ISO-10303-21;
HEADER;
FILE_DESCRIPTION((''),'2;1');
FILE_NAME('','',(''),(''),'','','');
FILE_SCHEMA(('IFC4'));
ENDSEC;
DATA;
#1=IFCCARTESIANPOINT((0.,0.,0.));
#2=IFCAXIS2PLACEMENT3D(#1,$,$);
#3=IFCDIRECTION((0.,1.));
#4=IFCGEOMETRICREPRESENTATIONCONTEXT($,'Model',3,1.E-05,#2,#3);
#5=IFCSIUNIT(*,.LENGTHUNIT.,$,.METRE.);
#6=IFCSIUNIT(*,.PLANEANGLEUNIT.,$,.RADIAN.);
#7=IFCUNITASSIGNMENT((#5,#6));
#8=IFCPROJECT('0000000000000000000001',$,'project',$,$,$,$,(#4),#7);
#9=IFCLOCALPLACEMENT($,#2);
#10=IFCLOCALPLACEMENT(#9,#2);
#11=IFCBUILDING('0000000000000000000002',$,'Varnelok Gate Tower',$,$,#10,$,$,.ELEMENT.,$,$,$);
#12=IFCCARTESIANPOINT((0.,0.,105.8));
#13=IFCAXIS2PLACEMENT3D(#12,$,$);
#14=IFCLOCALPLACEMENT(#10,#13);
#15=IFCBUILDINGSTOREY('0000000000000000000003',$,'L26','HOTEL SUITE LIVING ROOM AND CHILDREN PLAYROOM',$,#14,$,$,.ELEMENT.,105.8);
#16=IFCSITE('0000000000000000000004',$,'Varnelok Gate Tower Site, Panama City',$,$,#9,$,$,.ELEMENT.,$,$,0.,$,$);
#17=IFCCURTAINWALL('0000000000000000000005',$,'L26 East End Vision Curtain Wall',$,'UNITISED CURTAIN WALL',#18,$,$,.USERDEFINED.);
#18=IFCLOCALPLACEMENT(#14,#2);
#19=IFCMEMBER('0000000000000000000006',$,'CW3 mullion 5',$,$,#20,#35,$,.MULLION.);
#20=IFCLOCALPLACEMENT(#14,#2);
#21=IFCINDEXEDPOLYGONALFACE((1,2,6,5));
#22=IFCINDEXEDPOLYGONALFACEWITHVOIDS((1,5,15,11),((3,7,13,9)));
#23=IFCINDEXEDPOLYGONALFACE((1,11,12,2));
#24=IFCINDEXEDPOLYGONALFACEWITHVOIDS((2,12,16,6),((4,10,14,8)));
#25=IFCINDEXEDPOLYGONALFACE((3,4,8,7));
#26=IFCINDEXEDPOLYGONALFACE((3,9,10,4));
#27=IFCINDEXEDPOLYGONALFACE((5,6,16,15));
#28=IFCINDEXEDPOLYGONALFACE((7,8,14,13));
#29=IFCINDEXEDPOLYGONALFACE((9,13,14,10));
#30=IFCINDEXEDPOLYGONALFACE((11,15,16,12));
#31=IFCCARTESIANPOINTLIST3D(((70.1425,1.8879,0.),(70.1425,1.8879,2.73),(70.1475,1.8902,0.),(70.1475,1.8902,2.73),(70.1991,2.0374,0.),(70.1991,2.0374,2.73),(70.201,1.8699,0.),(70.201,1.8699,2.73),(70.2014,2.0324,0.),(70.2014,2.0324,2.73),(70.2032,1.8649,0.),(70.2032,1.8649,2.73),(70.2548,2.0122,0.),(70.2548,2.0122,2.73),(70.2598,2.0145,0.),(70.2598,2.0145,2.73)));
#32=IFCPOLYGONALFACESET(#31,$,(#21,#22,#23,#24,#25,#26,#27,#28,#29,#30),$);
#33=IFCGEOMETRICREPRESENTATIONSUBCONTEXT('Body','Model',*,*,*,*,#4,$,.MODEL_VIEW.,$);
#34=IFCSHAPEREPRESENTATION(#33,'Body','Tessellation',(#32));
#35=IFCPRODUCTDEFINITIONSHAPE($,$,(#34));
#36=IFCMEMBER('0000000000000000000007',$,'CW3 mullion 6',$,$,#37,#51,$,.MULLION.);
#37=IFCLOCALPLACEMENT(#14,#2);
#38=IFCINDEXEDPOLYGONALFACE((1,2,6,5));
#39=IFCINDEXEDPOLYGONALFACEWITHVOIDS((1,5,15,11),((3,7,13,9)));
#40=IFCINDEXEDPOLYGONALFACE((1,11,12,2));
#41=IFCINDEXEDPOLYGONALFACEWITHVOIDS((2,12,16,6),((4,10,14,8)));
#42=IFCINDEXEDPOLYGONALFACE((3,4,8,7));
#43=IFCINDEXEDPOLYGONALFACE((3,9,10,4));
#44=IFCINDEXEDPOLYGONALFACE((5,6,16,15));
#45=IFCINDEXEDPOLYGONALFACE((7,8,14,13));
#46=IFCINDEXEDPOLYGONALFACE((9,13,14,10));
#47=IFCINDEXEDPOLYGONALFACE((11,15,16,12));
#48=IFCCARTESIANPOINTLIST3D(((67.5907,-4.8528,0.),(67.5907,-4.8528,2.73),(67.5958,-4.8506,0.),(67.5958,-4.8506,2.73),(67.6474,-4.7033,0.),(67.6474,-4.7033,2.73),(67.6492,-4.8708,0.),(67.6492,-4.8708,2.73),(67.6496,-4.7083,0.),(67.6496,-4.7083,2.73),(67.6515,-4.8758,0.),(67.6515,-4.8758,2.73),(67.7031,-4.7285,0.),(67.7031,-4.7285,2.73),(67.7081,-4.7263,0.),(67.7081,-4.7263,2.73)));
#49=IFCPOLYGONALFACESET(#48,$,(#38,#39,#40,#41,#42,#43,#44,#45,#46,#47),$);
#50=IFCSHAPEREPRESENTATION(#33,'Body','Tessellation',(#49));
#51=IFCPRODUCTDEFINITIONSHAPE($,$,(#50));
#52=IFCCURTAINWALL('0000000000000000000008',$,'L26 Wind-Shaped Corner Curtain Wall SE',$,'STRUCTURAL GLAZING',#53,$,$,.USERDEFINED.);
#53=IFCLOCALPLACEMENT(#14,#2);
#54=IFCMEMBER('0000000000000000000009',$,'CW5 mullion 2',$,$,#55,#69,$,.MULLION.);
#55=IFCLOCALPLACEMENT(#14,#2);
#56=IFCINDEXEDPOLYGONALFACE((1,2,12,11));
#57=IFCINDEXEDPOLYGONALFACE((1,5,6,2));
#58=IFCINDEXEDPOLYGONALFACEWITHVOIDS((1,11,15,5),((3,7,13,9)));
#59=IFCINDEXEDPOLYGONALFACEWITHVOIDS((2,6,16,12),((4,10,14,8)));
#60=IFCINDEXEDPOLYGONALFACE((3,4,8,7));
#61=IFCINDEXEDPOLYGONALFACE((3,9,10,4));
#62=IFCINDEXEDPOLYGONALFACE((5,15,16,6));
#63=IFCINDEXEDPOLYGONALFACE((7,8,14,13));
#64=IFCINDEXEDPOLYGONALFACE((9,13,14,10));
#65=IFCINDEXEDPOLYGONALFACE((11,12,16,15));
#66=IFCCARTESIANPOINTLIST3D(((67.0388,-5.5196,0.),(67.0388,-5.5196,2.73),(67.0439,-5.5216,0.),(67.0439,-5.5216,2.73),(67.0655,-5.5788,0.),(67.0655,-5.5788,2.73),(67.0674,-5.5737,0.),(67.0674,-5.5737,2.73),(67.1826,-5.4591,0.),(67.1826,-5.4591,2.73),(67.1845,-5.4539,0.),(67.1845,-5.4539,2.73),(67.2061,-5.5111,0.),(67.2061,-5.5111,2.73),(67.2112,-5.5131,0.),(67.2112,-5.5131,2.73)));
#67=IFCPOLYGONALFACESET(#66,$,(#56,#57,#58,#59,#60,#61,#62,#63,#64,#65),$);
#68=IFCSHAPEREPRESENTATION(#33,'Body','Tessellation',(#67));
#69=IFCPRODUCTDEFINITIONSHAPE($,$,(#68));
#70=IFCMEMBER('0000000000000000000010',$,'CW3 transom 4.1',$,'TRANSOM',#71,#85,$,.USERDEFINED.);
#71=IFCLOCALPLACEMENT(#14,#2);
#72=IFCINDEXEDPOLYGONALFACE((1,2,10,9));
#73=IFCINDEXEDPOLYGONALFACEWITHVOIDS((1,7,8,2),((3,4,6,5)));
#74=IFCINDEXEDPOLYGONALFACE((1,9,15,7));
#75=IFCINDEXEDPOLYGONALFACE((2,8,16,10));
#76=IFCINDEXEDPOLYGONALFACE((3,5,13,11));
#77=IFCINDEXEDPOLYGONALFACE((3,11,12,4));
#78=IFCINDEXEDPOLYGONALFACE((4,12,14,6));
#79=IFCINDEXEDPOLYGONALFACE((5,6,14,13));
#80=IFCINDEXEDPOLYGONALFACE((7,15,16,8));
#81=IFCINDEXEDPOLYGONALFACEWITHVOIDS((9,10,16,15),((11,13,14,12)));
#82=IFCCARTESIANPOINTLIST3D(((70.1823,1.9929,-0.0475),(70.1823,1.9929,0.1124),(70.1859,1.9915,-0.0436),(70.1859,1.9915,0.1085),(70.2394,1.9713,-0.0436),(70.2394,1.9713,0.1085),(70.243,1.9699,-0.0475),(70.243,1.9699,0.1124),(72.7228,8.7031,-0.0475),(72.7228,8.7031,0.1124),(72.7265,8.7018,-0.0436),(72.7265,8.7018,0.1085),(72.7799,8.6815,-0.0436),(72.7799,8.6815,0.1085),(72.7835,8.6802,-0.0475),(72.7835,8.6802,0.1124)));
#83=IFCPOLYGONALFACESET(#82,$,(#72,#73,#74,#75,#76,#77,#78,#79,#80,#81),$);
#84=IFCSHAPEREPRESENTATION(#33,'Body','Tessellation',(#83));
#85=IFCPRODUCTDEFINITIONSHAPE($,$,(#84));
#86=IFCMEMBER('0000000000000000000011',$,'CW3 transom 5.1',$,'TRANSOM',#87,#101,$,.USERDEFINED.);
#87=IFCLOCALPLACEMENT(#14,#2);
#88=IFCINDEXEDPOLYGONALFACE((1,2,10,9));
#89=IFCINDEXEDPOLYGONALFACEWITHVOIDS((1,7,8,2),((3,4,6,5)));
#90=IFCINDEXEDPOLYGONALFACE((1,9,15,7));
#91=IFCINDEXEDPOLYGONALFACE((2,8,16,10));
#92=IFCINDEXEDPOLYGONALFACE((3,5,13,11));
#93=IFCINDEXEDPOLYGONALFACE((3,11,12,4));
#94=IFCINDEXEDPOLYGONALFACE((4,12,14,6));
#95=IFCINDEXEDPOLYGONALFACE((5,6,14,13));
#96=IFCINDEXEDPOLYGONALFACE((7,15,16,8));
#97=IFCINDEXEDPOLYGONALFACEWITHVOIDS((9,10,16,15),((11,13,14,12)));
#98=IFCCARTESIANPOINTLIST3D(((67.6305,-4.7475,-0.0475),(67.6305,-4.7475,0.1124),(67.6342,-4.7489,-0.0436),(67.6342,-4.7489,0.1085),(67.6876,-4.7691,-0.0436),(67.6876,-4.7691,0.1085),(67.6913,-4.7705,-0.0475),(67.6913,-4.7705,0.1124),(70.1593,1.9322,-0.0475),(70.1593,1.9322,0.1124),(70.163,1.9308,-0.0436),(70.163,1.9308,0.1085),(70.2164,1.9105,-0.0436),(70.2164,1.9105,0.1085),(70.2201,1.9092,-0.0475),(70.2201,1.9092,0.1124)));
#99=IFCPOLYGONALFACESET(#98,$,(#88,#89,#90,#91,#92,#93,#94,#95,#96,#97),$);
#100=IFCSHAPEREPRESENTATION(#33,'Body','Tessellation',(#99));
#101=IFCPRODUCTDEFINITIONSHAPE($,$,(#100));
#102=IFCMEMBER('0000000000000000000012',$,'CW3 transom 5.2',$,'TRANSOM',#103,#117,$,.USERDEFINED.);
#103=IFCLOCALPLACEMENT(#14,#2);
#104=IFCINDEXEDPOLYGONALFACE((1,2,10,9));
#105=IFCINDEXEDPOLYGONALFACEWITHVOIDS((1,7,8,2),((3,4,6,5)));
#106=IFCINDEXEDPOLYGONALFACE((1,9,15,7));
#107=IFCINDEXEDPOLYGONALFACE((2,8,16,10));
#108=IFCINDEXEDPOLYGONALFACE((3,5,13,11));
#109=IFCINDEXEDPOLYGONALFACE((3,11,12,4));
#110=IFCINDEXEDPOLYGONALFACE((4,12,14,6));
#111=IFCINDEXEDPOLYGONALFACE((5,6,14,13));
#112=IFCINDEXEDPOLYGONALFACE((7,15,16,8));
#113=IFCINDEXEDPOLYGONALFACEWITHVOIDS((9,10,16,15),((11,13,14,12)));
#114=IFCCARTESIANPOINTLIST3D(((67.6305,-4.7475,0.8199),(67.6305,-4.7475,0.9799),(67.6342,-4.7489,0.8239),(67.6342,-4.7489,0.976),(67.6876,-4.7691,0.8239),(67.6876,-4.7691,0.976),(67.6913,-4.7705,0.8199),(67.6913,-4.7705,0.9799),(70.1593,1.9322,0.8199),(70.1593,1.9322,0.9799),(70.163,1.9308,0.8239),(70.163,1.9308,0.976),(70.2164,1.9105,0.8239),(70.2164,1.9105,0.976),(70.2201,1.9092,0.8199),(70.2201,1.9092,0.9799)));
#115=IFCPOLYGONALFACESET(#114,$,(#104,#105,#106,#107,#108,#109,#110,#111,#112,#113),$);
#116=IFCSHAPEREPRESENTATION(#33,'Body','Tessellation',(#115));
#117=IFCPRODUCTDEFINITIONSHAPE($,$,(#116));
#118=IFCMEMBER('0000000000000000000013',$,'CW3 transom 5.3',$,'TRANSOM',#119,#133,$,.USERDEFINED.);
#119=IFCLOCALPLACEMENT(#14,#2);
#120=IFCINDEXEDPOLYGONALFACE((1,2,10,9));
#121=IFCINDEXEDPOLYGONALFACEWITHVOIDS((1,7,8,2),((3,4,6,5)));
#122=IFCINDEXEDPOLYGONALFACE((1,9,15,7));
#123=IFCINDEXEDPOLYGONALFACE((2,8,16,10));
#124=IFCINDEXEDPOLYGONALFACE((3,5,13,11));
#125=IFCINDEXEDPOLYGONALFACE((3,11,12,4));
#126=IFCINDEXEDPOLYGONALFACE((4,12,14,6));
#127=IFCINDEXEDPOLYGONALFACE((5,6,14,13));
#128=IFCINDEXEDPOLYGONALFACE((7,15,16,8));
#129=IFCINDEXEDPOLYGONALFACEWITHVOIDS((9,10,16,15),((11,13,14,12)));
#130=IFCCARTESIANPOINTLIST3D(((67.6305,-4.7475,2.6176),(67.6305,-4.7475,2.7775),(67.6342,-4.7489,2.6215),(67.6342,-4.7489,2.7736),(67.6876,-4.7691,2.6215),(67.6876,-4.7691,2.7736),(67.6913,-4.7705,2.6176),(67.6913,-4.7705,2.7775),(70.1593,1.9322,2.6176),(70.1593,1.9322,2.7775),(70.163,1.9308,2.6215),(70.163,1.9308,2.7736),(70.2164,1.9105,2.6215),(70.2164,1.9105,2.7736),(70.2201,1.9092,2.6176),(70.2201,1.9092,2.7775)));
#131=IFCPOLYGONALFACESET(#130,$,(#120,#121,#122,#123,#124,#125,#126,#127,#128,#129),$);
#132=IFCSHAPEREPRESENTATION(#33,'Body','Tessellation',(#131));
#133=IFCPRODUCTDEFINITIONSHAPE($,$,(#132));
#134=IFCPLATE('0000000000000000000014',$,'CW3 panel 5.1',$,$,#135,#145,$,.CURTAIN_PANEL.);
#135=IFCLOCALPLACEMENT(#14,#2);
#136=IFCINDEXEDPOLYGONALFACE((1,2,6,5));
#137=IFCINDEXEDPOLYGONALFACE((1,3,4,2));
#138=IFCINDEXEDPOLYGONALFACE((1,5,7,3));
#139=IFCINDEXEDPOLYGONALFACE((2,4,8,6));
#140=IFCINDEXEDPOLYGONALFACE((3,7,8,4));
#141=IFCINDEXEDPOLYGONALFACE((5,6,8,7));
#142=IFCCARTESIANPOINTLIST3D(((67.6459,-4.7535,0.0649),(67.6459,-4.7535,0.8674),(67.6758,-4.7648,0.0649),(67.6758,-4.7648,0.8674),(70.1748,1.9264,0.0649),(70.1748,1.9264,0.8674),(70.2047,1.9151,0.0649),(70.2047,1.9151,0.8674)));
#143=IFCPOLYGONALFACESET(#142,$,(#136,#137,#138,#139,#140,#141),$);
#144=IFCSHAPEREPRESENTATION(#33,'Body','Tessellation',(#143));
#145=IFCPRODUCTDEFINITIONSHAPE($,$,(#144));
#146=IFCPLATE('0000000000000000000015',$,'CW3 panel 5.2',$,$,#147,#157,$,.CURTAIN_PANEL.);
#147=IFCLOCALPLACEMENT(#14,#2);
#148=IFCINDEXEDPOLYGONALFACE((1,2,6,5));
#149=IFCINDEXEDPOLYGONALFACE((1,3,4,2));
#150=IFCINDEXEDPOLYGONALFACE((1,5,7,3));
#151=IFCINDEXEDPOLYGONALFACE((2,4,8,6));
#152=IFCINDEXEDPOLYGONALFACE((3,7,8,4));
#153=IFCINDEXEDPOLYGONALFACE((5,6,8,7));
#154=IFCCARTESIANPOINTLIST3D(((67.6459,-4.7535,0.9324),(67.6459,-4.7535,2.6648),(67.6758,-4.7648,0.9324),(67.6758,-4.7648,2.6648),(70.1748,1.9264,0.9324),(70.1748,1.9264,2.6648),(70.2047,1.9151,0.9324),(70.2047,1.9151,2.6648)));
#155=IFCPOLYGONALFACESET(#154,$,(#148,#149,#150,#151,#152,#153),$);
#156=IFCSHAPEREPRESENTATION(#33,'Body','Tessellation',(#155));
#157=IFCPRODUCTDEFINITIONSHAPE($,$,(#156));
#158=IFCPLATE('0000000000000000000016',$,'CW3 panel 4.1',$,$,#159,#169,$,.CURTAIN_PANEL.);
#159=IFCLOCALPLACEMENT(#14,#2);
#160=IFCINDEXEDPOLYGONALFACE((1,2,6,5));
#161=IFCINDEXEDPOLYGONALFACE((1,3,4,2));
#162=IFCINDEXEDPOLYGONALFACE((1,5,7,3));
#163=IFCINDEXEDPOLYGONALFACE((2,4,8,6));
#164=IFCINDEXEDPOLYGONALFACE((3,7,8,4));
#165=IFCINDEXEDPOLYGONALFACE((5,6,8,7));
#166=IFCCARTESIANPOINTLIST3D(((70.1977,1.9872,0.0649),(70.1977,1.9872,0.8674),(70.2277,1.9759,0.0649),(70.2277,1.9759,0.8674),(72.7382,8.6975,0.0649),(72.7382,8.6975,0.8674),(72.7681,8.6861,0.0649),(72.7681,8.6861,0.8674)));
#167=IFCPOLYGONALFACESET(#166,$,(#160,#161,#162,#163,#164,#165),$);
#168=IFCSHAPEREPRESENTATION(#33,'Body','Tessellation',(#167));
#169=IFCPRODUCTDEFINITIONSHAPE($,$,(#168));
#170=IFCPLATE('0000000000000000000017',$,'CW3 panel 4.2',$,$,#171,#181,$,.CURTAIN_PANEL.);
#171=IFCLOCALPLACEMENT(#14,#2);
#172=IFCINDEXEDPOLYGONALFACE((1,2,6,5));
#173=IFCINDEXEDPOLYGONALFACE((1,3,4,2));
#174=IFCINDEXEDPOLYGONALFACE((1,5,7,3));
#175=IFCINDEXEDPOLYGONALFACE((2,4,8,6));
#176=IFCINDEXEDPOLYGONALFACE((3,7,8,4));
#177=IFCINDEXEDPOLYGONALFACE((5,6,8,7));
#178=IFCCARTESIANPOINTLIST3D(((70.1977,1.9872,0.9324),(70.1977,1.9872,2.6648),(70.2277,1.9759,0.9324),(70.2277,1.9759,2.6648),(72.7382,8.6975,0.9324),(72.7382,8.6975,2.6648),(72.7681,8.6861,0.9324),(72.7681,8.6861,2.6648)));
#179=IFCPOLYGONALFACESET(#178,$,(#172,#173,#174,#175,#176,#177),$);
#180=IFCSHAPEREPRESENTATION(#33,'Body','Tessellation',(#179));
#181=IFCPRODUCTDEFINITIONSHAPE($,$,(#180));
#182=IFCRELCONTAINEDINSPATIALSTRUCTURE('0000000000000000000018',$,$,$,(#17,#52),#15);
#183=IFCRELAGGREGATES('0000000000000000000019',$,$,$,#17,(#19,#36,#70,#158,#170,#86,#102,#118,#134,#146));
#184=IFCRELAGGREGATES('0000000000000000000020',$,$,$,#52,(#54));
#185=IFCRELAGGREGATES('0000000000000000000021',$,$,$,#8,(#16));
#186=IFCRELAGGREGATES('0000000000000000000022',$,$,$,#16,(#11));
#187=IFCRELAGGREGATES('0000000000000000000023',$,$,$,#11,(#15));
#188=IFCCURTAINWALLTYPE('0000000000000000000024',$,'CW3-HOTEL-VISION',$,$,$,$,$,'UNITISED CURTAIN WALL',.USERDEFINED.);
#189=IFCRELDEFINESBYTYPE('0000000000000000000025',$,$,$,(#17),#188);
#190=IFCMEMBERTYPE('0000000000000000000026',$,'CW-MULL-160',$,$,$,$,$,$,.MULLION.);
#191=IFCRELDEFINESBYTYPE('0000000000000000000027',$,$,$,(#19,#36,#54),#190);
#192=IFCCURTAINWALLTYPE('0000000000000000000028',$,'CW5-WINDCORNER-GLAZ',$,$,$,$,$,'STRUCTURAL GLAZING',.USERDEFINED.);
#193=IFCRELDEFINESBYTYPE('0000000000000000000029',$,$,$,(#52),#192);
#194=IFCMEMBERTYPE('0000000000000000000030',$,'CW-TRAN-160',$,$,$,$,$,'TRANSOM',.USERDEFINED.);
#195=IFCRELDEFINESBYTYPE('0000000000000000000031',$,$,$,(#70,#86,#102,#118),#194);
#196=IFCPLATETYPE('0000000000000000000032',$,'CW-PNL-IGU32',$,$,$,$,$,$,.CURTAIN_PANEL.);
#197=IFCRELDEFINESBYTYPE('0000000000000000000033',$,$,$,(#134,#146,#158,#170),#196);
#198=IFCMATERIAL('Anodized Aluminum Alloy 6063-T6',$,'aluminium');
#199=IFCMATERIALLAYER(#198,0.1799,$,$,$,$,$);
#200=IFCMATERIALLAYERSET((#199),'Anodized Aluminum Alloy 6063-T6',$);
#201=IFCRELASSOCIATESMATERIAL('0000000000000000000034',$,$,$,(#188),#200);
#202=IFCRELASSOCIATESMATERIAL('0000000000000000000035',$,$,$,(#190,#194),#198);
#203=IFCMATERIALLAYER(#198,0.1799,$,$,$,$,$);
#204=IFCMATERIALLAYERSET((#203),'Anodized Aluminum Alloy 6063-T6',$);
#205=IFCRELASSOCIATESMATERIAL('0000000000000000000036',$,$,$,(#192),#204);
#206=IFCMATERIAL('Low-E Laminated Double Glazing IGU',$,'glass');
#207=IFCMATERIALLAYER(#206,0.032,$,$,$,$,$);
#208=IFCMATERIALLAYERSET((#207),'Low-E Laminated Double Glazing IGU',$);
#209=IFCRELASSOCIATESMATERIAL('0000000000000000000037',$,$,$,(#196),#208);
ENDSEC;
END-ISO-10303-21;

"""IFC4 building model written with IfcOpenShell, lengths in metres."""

from ifc_helpers import new_model, si_unit, direction, frame, origin, origin_2d, place, context, subcontext, project, spatial, rectangle, hollow_rectangle, extrude, source, transform, mapped, material, layer, layer_set, material_profile, profile_set, type_object, element, aggregate, save


model = new_model("IFC4")

# Units and contexts
model_context = context("Model", 3, precision=1e-05, world=origin(), true_north=direction((0.0, 1.0)))
body_context = subcontext(model_context, "Body", "Model", "MODEL_VIEW")
ifc_project = project(units=[si_unit("LENGTHUNIT", "METRE"), si_unit("PLANEANGLEUNIT", "RADIAN")], contexts=[model_context])

# Site, building, storey
site_placement = place(None, origin())
site = spatial("IfcSite", under=ifc_project, at=site_placement, Name="Varnelok Gate Tower Site, Panama City", CompositionType="ELEMENT", RefElevation=0.0)
building_placement = place(site_placement, origin())
building = spatial("IfcBuilding", under=site, at=building_placement, Name="Varnelok Gate Tower", CompositionType="ELEMENT")
storey_placement = place(building_placement, frame((0.0, 0.0, 105.8)))
storey = spatial("IfcBuildingStorey", under=building, at=storey_placement, Name="L26", Description="HOTEL SUITE LIVING ROOM AND CHILDREN PLAYROOM", CompositionType="ELEMENT", Elevation=105.8)

# Curtain wall, members
ifc_material_1 = material(Name="Anodized Aluminum Alloy 6063-T6", Category="aluminium")
ifc_layer_1 = layer(ifc_material_1, 0.1799)
ifc_layer_set_1 = layer_set([ifc_layer_1], Name="Anodized Aluminum Alloy 6063-T6")
curtain_wall_type_1 = type_object("IfcCurtainWallType", Name="CW3-HOTEL-VISION", ElementType="UNITISED CURTAIN WALL", PredefinedType="USERDEFINED", material=ifc_layer_set_1)
curtain_wall_1_placement = place(storey_placement, origin())
curtain_wall_1 = element("IfcCurtainWall", 1, at=curtain_wall_1_placement, inside=storey, type_object=curtain_wall_type_1, Name="L26 East End Vision Curtain Wall", ObjectType="UNITISED CURTAIN WALL", PredefinedType="USERDEFINED")
ifc_material_profile_1 = material_profile(ifc_material_1, hollow_rectangle(XDim=0.0649, YDim=0.1599, WallThickness=0.0039, at=origin_2d()), Name="ALU160X65X4")
ifc_profile_set_1 = profile_set([ifc_material_profile_1], Name="Anodized Aluminum Alloy 6063-T6")
member_type_1 = type_object("IfcMemberType", Name="CW-MULL-160", PredefinedType="MULLION", material=ifc_profile_set_1)
member_1_placement = place(storey_placement, frame((70.2012, 1.9512, 0.0), z_axis=(0.0, 0.0, 1.0), x_axis=(0.935221, -0.354064, 0.0)))
member_1 = element("IfcMember", 2, at=member_1_placement, type_object=member_type_1, Name="CW3 mullion 5", PredefinedType="MULLION", context=body_context, shape_type="SweptSolid", body=[
    extrude(hollow_rectangle(XDim=0.0649, YDim=0.1599, WallThickness=0.0039, at=origin_2d()), origin(), (0.0, 0.0, 1.0), 2.73),
])
member_2_placement = place(storey_placement, frame((67.6494, -4.7896, 0.0), z_axis=(0.0, 0.0, 1.0), x_axis=(0.935221, -0.354064, 0.0)))
member_2 = element("IfcMember", 3, at=member_2_placement, type_object=member_type_1, Name="CW3 mullion 6", PredefinedType="MULLION", context=body_context, shape_type="SweptSolid", body=[
    extrude(hollow_rectangle(XDim=0.0649, YDim=0.1599, WallThickness=0.0039, at=origin_2d()), origin(), (0.0, 0.0, 1.0), 2.73),
])

# Curtain wall, member
ifc_layer_2 = layer(ifc_material_1, 0.1799)
ifc_layer_set_2 = layer_set([ifc_layer_2], Name="Anodized Aluminum Alloy 6063-T6")
curtain_wall_type_2 = type_object("IfcCurtainWallType", Name="CW5-WINDCORNER-GLAZ", ElementType="STRUCTURAL GLAZING", PredefinedType="USERDEFINED", material=ifc_layer_set_2)
curtain_wall_2_placement = place(storey_placement, origin())
curtain_wall_2 = element("IfcCurtainWall", 4, at=curtain_wall_2_placement, inside=storey, type_object=curtain_wall_type_2, Name="L26 Wind-Shaped Corner Curtain Wall SE", ObjectType="STRUCTURAL GLAZING", PredefinedType="USERDEFINED")
member_3_placement = place(storey_placement, frame((67.125, -5.5164, 0.0), z_axis=(0.0, 0.0, 1.0), x_axis=(-0.410944, 0.911661, 0.0)))
member_3 = element("IfcMember", 5, at=member_3_placement, type_object=member_type_1, Name="CW5 mullion 2", PredefinedType="MULLION", context=body_context, shape_type="SweptSolid", body=[
    extrude(hollow_rectangle(XDim=0.0649, YDim=0.1599, WallThickness=0.0039, at=origin_2d()), origin(), (0.0, 0.0, 1.0), 2.73),
])

# Members
ifc_material_profile_2 = material_profile(ifc_material_1, hollow_rectangle(XDim=0.0649, YDim=0.1599, WallThickness=0.0039, at=origin_2d()), Name="ALU160X65X4")
ifc_profile_set_2 = profile_set([ifc_material_profile_2], Name="Anodized Aluminum Alloy 6063-T6")
member_type_2 = type_object("IfcMemberType", Name="CW-TRAN-160", ElementType="TRANSOM", PredefinedType="USERDEFINED", material=ifc_profile_set_2)
member_4_placement = place(storey_placement, frame((72.7532, 8.6917, 0.0325), z_axis=(-0.354079, -0.935216, 0.0), x_axis=(0.935216, -0.354079, 0.0)))
member_4 = element("IfcMember", 6, at=member_4_placement, type_object=member_type_2, Name="CW3 transom 4.1", ObjectType="TRANSOM", PredefinedType="USERDEFINED", context=body_context, shape_type="SweptSolid", body=[
    extrude(hollow_rectangle(XDim=0.0649, YDim=0.1599, WallThickness=0.0039, at=origin_2d()), origin(), (0.0, 0.0, 1.0), 7.175),
])
member_5_placement = place(storey_placement, frame((70.1897, 1.9207, 0.0325), z_axis=(-0.354059, -0.935223, 0.0), x_axis=(0.935223, -0.354059, 0.0)))
member_5 = element("IfcMember", 7, at=member_5_placement, type_object=member_type_2, Name="CW3 transom 5.1", ObjectType="TRANSOM", PredefinedType="USERDEFINED", context=body_context, shape_type="SweptSolid", body=[
    extrude(hollow_rectangle(XDim=0.0649, YDim=0.1599, WallThickness=0.0039, at=origin_2d()), origin(), (0.0, 0.0, 1.0), 7.1423),
])
member_6_placement = place(storey_placement, frame((70.1897, 1.9207, 0.8999), z_axis=(-0.354059, -0.935223, 0.0), x_axis=(0.935223, -0.354059, 0.0)))
member_6 = element("IfcMember", 8, at=member_6_placement, type_object=member_type_2, Name="CW3 transom 5.2", ObjectType="TRANSOM", PredefinedType="USERDEFINED", context=body_context, shape_type="SweptSolid", body=[
    extrude(hollow_rectangle(XDim=0.0649, YDim=0.1599, WallThickness=0.0039, at=origin_2d()), origin(), (0.0, 0.0, 1.0), 7.1423),
])
member_7_placement = place(storey_placement, frame((70.1897, 1.9207, 2.6975), z_axis=(-0.354059, -0.935223, 0.0), x_axis=(0.935223, -0.354059, 0.0)))
member_7 = element("IfcMember", 9, at=member_7_placement, type_object=member_type_2, Name="CW3 transom 5.3", ObjectType="TRANSOM", PredefinedType="USERDEFINED", context=body_context, shape_type="SweptSolid", body=[
    extrude(hollow_rectangle(XDim=0.0649, YDim=0.1599, WallThickness=0.0039, at=origin_2d()), origin(), (0.0, 0.0, 1.0), 7.1423),
])

# Plates
ifc_material_2 = material(Name="Low-E Laminated Double Glazing IGU", Category="glass")
ifc_layer_3 = layer(ifc_material_2, 0.032)
ifc_layer_set_3 = layer_set([ifc_layer_3], Name="Low-E Laminated Double Glazing IGU")
plate_type_1 = type_object("IfcPlateType", Name="CW-PNL-IGU32", PredefinedType="CURTAIN_PANEL", material=ifc_layer_set_3)
shared_shape_1 = source(origin(), body_context, "Body", "SweptSolid", [
    extrude(rectangle(XDim=7.1426, YDim=0.032, at=origin_2d()), origin(), (0.0, 0.0, 1.0), 0.8025),
])
plate_1_placement = place(storey_placement, frame((68.9253, -1.4192, 0.0649), z_axis=(0.0, 0.0, 1.0), x_axis=(-0.354064, -0.935221, 0.0)))
plate_1 = element("IfcPlate", 10, at=plate_1_placement, type_object=plate_type_1, Name="CW3 panel 5.1", PredefinedType="CURTAIN_PANEL", context=body_context, shape_type="MappedRepresentation", body=[
    mapped(shared_shape_1, transform((0.0, 0.0, 0.0), scale=1.0)),
])
shared_shape_2 = source(origin(), body_context, "Body", "SweptSolid", [
    extrude(rectangle(XDim=7.1426, YDim=0.032, at=origin_2d()), origin(), (0.0, 0.0, 1.0), 1.7324),
])
plate_2_placement = place(storey_placement, frame((68.9253, -1.4192, 0.9324), z_axis=(0.0, 0.0, 1.0), x_axis=(-0.354064, -0.935221, 0.0)))
plate_2 = element("IfcPlate", 11, at=plate_2_placement, type_object=plate_type_1, Name="CW3 panel 5.2", PredefinedType="CURTAIN_PANEL", context=body_context, shape_type="MappedRepresentation", body=[
    mapped(shared_shape_2, transform((0.0, 0.0, 0.0), scale=1.0)),
])
shared_shape_3 = source(origin(), body_context, "Body", "SweptSolid", [
    extrude(rectangle(XDim=7.175, YDim=0.032, at=origin_2d()), origin(), (0.0, 0.0, 1.0), 0.8025),
])
plate_3_placement = place(storey_placement, frame((71.4829, 5.3367, 0.0649), z_axis=(0.0, 0.0, 1.0), x_axis=(-0.354064, -0.935221, 0.0)))
plate_3 = element("IfcPlate", 12, at=plate_3_placement, type_object=plate_type_1, Name="CW3 panel 4.1", PredefinedType="CURTAIN_PANEL", context=body_context, shape_type="MappedRepresentation", body=[
    mapped(shared_shape_3, transform((0.0, 0.0, 0.0), scale=1.0)),
])
shared_shape_4 = source(origin(), body_context, "Body", "SweptSolid", [
    extrude(rectangle(XDim=7.175, YDim=0.032, at=origin_2d()), origin(), (0.0, 0.0, 1.0), 1.7324),
])
plate_4_placement = place(storey_placement, frame((71.4829, 5.3367, 0.9324), z_axis=(0.0, 0.0, 1.0), x_axis=(-0.354064, -0.935221, 0.0)))
plate_4 = element("IfcPlate", 13, at=plate_4_placement, type_object=plate_type_1, Name="CW3 panel 4.2", PredefinedType="CURTAIN_PANEL", context=body_context, shape_type="MappedRepresentation", body=[
    mapped(shared_shape_4, transform((0.0, 0.0, 0.0), scale=1.0)),
])
aggregate(curtain_wall_1, [member_1, member_2, member_4, plate_3, plate_4, member_5, member_6, member_7, plate_1, plate_2])
aggregate(curtain_wall_2, [member_3])

save(model, "model.ifc")
